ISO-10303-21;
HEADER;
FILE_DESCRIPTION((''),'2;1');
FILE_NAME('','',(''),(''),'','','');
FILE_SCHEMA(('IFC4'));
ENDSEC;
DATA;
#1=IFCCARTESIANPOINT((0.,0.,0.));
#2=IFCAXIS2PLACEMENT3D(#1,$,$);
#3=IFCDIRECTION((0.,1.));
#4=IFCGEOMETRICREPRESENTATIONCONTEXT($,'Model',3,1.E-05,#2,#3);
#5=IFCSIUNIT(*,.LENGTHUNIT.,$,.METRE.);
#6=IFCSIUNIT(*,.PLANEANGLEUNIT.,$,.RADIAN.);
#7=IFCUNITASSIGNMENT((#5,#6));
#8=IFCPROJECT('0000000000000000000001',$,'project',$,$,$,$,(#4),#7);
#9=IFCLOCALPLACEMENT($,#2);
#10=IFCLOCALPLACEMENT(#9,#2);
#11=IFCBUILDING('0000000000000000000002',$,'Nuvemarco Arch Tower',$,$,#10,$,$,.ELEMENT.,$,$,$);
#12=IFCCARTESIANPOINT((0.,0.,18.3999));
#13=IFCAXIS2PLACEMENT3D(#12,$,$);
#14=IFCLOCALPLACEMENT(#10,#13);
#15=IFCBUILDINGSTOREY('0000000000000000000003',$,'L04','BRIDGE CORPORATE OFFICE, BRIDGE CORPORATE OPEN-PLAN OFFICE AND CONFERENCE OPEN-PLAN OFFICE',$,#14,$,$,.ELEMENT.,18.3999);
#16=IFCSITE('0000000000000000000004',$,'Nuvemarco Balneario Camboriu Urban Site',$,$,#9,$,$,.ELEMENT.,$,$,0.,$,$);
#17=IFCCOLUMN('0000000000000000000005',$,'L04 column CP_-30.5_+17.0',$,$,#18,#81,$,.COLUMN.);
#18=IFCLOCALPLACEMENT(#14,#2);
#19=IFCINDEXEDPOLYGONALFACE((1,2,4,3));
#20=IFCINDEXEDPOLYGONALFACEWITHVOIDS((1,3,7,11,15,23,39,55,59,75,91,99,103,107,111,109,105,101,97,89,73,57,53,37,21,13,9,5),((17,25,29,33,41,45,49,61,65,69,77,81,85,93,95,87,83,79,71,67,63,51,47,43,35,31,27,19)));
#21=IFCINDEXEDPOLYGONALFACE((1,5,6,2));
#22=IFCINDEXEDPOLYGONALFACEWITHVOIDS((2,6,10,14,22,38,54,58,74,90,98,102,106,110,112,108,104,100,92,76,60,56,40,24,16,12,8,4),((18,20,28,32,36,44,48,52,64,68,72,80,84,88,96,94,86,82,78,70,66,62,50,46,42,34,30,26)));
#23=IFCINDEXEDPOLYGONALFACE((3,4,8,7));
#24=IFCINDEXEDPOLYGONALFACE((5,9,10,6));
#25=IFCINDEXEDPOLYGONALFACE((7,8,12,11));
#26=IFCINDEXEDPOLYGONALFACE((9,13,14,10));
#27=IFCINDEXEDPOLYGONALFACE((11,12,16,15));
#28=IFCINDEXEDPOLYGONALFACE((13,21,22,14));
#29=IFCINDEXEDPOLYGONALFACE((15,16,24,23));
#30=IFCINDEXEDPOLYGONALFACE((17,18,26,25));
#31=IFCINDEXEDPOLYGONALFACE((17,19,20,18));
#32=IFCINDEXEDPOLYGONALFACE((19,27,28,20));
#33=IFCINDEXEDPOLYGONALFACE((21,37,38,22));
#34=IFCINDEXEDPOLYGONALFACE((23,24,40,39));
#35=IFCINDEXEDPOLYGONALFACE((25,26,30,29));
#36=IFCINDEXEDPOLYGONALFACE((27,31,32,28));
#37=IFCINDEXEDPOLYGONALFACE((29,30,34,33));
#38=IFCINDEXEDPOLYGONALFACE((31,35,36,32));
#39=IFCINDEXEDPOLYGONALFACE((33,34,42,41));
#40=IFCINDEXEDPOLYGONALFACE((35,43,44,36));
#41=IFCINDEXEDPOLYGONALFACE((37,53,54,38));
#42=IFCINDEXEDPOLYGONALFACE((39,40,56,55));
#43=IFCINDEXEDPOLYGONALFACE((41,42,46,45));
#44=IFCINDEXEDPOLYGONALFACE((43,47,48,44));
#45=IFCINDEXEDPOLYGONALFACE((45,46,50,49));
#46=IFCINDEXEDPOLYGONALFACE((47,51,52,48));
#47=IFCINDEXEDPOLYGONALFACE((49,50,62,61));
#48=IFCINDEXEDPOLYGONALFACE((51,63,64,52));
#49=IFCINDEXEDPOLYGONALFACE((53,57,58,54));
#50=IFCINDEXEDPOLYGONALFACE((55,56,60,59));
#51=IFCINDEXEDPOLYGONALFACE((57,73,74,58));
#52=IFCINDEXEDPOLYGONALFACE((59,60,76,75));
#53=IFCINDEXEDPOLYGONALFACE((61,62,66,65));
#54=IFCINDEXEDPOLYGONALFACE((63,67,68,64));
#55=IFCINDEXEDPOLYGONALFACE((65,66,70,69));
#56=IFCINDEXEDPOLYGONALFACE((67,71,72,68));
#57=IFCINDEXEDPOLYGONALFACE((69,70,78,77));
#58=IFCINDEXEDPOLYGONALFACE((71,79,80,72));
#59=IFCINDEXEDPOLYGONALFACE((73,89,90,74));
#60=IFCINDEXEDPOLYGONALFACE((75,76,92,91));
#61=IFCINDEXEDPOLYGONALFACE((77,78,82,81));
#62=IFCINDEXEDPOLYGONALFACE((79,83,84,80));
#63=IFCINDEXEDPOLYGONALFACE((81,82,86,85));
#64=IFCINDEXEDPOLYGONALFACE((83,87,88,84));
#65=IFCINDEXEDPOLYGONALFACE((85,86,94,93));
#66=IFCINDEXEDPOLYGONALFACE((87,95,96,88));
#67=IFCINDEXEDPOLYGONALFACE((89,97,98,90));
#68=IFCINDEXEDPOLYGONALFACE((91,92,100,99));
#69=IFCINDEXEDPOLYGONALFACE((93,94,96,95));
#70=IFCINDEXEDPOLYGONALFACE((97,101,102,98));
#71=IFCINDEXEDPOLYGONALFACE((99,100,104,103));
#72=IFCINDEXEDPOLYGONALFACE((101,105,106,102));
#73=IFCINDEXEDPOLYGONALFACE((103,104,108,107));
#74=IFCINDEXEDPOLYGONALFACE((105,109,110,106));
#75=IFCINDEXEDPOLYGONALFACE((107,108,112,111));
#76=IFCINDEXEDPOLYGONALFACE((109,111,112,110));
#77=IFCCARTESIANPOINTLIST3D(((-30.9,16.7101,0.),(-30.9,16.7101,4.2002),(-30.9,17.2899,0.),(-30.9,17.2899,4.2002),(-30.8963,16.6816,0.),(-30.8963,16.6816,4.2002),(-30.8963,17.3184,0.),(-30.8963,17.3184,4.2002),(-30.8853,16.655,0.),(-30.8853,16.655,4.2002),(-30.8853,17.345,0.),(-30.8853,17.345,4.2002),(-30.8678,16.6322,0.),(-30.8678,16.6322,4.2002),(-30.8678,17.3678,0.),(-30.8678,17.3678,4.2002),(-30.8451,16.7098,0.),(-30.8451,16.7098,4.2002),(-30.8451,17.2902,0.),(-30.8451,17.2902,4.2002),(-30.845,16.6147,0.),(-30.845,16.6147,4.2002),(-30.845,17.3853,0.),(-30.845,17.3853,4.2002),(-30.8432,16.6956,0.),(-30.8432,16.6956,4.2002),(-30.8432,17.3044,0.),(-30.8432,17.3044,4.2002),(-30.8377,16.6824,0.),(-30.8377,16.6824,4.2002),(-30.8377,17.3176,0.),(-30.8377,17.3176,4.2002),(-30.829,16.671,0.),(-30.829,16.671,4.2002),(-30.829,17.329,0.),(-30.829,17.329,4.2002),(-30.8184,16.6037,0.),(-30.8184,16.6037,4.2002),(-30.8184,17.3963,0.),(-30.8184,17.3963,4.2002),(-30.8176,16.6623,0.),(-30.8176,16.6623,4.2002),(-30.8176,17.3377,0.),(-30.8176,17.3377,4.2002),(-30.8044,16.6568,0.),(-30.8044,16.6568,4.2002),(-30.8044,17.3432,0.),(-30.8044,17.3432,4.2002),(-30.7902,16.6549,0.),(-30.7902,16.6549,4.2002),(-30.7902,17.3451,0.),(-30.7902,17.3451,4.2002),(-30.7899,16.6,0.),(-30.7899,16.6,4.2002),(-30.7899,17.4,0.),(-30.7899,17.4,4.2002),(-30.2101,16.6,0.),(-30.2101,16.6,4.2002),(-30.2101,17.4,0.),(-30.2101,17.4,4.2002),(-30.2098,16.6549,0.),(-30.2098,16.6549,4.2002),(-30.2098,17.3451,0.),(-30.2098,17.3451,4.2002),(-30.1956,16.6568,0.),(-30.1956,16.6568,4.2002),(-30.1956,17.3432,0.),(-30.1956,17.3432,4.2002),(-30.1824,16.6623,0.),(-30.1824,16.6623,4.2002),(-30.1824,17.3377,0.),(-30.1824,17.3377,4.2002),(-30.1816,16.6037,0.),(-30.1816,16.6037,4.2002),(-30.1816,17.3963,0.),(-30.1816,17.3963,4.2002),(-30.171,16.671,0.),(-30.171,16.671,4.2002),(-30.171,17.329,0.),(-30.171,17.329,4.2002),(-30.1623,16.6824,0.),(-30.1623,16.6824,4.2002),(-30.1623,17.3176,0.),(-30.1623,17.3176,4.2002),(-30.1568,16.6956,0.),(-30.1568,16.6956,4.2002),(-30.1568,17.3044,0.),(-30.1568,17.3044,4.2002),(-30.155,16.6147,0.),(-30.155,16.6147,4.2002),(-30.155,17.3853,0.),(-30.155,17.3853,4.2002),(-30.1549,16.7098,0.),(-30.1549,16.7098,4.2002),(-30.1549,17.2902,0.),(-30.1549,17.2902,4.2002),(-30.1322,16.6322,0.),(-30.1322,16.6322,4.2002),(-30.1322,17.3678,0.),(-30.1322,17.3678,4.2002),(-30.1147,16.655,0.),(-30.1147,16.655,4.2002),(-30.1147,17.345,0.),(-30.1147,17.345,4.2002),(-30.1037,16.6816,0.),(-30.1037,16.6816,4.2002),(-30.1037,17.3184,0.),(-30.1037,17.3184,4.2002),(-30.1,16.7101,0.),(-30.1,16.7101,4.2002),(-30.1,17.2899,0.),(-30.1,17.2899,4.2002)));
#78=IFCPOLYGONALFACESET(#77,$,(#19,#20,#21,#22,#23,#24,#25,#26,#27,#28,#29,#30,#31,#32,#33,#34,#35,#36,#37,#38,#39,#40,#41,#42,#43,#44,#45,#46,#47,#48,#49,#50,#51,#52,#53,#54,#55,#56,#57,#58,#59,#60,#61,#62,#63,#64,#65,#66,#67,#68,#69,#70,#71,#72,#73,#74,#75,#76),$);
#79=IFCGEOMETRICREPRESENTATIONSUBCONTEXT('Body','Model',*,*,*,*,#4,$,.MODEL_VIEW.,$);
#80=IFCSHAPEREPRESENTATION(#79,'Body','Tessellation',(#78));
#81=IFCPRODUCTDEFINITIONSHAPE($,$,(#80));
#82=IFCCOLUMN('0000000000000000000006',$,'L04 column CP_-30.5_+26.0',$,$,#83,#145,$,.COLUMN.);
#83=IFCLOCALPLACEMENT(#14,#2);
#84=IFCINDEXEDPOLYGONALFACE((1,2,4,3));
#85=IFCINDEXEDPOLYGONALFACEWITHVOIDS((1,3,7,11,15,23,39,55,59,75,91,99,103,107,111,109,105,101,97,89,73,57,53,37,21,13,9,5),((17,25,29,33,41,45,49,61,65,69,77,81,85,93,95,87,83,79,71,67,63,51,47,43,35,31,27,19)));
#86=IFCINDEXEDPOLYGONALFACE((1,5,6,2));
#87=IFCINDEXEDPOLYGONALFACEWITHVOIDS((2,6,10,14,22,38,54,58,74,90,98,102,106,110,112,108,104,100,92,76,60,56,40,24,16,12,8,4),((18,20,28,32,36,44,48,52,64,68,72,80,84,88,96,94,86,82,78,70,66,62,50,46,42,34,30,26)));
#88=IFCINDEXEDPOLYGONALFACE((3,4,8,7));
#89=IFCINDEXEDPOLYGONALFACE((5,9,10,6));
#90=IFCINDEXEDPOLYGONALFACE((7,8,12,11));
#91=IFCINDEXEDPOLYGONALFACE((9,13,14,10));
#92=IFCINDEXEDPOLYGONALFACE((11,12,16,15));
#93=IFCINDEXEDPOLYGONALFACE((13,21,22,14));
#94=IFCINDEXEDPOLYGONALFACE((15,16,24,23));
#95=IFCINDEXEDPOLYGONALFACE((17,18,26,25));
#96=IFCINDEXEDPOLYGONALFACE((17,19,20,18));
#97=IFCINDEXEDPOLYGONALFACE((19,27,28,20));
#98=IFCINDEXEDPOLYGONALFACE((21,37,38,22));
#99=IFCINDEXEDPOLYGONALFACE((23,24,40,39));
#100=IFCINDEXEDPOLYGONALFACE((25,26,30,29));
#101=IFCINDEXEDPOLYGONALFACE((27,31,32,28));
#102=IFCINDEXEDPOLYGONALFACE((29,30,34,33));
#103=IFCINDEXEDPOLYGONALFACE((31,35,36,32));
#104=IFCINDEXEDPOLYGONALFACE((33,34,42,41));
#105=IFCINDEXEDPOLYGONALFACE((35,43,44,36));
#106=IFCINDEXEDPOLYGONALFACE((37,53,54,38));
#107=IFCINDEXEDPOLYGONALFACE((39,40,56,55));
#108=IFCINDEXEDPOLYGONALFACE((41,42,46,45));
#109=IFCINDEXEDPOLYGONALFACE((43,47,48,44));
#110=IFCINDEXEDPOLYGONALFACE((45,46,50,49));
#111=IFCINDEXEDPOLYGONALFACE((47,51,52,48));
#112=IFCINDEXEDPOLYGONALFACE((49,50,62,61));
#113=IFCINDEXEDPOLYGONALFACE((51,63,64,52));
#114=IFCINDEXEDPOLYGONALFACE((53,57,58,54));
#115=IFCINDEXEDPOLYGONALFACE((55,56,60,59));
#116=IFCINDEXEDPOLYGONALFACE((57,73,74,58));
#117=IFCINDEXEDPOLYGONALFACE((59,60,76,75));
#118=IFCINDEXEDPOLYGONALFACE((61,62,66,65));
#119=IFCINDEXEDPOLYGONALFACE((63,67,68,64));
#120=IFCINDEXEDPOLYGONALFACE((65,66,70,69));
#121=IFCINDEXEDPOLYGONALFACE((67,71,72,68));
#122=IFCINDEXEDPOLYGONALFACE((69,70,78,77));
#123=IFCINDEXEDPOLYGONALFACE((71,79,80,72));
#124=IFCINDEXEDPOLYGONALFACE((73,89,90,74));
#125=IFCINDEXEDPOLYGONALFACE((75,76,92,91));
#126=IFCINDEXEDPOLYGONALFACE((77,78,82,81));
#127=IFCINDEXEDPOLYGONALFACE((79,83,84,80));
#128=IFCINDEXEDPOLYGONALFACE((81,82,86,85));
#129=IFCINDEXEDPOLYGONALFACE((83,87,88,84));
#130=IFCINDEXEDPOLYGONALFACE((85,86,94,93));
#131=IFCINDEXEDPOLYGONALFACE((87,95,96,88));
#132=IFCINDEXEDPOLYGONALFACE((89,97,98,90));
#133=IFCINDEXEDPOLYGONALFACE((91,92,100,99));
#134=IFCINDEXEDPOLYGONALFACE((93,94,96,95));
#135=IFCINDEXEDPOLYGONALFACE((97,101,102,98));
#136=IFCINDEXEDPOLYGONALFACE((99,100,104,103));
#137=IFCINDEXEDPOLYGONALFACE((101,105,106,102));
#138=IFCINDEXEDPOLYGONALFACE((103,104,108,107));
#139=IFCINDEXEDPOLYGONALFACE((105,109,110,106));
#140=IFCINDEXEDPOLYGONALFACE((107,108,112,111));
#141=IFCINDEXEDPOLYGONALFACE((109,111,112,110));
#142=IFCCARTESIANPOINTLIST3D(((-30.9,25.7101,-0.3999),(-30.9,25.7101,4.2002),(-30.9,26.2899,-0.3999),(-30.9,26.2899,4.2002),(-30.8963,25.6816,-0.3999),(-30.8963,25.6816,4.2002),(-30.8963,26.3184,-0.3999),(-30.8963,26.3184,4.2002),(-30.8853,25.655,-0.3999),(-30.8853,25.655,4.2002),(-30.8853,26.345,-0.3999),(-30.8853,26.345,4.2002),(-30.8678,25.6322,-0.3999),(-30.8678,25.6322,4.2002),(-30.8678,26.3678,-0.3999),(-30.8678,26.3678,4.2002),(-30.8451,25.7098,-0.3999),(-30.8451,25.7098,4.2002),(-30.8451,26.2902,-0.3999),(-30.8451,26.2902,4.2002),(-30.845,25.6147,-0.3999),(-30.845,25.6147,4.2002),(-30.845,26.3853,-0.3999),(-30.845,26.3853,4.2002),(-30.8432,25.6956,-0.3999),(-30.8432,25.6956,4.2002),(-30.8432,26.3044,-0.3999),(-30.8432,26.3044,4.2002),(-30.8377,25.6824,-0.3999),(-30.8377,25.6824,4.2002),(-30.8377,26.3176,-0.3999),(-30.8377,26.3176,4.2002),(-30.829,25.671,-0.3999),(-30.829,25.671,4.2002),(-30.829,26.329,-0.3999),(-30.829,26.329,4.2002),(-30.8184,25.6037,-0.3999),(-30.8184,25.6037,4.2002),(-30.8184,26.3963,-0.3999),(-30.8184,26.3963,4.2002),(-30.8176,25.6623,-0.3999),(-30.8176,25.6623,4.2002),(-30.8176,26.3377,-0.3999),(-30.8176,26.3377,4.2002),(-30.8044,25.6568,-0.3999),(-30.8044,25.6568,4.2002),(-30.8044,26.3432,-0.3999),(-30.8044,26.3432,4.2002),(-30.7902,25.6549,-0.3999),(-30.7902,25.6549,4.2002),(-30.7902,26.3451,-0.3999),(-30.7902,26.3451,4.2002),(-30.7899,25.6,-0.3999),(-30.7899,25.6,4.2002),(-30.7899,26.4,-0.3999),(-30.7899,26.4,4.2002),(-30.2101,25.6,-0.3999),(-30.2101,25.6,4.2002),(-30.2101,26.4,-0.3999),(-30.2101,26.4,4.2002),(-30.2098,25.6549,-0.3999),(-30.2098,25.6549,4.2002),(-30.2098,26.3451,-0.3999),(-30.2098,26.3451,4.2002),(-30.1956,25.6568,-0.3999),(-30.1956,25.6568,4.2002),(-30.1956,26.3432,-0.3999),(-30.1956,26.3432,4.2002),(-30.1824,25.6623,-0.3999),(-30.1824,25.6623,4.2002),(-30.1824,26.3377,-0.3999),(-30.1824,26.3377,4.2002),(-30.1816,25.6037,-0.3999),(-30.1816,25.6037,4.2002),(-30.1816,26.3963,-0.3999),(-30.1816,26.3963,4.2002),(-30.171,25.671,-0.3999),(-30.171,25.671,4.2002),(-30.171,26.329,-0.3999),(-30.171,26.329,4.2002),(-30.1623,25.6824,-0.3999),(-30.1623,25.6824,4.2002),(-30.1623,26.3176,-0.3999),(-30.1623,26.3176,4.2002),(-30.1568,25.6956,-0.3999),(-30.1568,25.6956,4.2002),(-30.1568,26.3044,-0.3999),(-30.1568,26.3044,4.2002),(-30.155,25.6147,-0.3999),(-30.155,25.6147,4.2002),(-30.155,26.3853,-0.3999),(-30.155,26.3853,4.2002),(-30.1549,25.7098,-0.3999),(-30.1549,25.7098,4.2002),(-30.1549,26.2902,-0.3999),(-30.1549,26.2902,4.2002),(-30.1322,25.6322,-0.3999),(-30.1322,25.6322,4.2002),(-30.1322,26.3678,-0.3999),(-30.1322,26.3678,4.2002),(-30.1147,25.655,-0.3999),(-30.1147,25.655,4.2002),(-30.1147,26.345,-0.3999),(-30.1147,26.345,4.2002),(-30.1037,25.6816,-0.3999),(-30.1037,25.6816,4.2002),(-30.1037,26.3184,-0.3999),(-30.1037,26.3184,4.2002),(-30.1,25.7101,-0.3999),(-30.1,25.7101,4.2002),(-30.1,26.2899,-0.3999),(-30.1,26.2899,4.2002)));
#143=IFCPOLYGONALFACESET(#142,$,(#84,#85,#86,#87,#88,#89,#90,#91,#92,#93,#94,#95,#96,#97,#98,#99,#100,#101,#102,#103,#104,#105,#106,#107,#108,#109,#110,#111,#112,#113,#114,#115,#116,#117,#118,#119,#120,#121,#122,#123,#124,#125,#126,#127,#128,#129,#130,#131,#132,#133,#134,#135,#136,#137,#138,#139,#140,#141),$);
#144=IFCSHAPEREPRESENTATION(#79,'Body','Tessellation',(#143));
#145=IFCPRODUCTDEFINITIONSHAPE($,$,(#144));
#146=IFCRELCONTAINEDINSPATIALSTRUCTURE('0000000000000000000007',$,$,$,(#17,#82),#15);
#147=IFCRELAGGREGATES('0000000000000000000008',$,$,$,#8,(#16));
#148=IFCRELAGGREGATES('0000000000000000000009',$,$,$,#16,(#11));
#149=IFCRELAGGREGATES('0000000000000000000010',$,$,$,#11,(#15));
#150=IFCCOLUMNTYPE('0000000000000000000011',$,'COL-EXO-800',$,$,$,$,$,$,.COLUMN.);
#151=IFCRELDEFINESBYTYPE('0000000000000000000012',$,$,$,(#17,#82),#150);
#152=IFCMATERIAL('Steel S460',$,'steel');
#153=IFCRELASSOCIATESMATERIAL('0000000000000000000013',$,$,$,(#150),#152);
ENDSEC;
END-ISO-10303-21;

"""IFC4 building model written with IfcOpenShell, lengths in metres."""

from ifc_helpers import new_model, si_unit, direction, frame, origin, origin_2d, place, context, subcontext, project, spatial, hollow_rectangle, extrude, material, material_profile, profile_set, type_object, element, save


model = new_model("IFC4")

# Units and contexts
model_context = context("Model", 3, precision=1e-05, world=origin(), true_north=direction((0.0, 1.0)))
body_context = subcontext(model_context, "Body", "Model", "MODEL_VIEW")
ifc_project = project(units=[si_unit("LENGTHUNIT", "METRE"), si_unit("PLANEANGLEUNIT", "RADIAN")], contexts=[model_context])

# Site, building, storey
site_placement = place(None, origin())
site = spatial("IfcSite", under=ifc_project, at=site_placement, Name="Nuvemarco Balneario Camboriu Urban Site", CompositionType="ELEMENT", RefElevation=0.0)
building_placement = place(site_placement, origin())
building = spatial("IfcBuilding", under=site, at=building_placement, Name="Nuvemarco Arch Tower", CompositionType="ELEMENT")
storey_placement = place(building_placement, frame((0.0, 0.0, 18.3999)))
storey = spatial("IfcBuildingStorey", under=building, at=storey_placement, Name="L04", Description="BRIDGE CORPORATE OFFICE, BRIDGE CORPORATE OPEN-PLAN OFFICE AND CONFERENCE OPEN-PLAN OFFICE", CompositionType="ELEMENT", Elevation=18.3999)

# Columns
ifc_material_1 = material(Name="Steel S460", Category="steel")
ifc_material_profile_1 = material_profile(ifc_material_1, hollow_rectangle(XDim=0.8, YDim=0.8, WallThickness=0.0549, InnerFilletRadius=0.0549, OuterFilletRadius=0.1101, at=origin_2d()), Name="SHS800x800x55")
ifc_profile_set_1 = profile_set([ifc_material_profile_1], Name="Steel S460")
column_type_1 = type_object("IfcColumnType", Name="COL-EXO-800", PredefinedType="COLUMN", material=ifc_profile_set_1)
for number, where, z_axis, x_axis, name in (
    (1, (-30.5, 17.0, 0.0), (0.0, 0.0, 1.0), (1.0, 0.0, 0.0), "L04 column CP_-30.5_+17.0"),
):
    element("IfcColumn", number, at=place(storey_placement, frame(where, z_axis=z_axis, x_axis=x_axis)), inside=storey, type_object=column_type_1, Name=name, PredefinedType="COLUMN", context=body_context, shape_type="SweptSolid", body=[
        extrude(hollow_rectangle(XDim=0.8, YDim=0.8, WallThickness=0.0549, InnerFilletRadius=0.0549, OuterFilletRadius=0.1101, at=origin_2d()), origin(), (0.0, 0.0, 1.0), 4.2002),
    ])
column_1_placement = place(storey_placement, frame((-30.5, 26.0, -0.3999), z_axis=(0.0, 0.0, 1.0), x_axis=(1.0, 0.0, 0.0)))
element("IfcColumn", 2, at=column_1_placement, inside=storey, type_object=column_type_1, Name="L04 column CP_-30.5_+26.0", PredefinedType="COLUMN", context=body_context, shape_type="SweptSolid", body=[
    extrude(hollow_rectangle(XDim=0.8, YDim=0.8, WallThickness=0.0549, InnerFilletRadius=0.0549, OuterFilletRadius=0.1101, at=origin_2d()), origin(), (0.0, 0.0, 1.0), 4.6001),
])

save(model, "model.ifc")
